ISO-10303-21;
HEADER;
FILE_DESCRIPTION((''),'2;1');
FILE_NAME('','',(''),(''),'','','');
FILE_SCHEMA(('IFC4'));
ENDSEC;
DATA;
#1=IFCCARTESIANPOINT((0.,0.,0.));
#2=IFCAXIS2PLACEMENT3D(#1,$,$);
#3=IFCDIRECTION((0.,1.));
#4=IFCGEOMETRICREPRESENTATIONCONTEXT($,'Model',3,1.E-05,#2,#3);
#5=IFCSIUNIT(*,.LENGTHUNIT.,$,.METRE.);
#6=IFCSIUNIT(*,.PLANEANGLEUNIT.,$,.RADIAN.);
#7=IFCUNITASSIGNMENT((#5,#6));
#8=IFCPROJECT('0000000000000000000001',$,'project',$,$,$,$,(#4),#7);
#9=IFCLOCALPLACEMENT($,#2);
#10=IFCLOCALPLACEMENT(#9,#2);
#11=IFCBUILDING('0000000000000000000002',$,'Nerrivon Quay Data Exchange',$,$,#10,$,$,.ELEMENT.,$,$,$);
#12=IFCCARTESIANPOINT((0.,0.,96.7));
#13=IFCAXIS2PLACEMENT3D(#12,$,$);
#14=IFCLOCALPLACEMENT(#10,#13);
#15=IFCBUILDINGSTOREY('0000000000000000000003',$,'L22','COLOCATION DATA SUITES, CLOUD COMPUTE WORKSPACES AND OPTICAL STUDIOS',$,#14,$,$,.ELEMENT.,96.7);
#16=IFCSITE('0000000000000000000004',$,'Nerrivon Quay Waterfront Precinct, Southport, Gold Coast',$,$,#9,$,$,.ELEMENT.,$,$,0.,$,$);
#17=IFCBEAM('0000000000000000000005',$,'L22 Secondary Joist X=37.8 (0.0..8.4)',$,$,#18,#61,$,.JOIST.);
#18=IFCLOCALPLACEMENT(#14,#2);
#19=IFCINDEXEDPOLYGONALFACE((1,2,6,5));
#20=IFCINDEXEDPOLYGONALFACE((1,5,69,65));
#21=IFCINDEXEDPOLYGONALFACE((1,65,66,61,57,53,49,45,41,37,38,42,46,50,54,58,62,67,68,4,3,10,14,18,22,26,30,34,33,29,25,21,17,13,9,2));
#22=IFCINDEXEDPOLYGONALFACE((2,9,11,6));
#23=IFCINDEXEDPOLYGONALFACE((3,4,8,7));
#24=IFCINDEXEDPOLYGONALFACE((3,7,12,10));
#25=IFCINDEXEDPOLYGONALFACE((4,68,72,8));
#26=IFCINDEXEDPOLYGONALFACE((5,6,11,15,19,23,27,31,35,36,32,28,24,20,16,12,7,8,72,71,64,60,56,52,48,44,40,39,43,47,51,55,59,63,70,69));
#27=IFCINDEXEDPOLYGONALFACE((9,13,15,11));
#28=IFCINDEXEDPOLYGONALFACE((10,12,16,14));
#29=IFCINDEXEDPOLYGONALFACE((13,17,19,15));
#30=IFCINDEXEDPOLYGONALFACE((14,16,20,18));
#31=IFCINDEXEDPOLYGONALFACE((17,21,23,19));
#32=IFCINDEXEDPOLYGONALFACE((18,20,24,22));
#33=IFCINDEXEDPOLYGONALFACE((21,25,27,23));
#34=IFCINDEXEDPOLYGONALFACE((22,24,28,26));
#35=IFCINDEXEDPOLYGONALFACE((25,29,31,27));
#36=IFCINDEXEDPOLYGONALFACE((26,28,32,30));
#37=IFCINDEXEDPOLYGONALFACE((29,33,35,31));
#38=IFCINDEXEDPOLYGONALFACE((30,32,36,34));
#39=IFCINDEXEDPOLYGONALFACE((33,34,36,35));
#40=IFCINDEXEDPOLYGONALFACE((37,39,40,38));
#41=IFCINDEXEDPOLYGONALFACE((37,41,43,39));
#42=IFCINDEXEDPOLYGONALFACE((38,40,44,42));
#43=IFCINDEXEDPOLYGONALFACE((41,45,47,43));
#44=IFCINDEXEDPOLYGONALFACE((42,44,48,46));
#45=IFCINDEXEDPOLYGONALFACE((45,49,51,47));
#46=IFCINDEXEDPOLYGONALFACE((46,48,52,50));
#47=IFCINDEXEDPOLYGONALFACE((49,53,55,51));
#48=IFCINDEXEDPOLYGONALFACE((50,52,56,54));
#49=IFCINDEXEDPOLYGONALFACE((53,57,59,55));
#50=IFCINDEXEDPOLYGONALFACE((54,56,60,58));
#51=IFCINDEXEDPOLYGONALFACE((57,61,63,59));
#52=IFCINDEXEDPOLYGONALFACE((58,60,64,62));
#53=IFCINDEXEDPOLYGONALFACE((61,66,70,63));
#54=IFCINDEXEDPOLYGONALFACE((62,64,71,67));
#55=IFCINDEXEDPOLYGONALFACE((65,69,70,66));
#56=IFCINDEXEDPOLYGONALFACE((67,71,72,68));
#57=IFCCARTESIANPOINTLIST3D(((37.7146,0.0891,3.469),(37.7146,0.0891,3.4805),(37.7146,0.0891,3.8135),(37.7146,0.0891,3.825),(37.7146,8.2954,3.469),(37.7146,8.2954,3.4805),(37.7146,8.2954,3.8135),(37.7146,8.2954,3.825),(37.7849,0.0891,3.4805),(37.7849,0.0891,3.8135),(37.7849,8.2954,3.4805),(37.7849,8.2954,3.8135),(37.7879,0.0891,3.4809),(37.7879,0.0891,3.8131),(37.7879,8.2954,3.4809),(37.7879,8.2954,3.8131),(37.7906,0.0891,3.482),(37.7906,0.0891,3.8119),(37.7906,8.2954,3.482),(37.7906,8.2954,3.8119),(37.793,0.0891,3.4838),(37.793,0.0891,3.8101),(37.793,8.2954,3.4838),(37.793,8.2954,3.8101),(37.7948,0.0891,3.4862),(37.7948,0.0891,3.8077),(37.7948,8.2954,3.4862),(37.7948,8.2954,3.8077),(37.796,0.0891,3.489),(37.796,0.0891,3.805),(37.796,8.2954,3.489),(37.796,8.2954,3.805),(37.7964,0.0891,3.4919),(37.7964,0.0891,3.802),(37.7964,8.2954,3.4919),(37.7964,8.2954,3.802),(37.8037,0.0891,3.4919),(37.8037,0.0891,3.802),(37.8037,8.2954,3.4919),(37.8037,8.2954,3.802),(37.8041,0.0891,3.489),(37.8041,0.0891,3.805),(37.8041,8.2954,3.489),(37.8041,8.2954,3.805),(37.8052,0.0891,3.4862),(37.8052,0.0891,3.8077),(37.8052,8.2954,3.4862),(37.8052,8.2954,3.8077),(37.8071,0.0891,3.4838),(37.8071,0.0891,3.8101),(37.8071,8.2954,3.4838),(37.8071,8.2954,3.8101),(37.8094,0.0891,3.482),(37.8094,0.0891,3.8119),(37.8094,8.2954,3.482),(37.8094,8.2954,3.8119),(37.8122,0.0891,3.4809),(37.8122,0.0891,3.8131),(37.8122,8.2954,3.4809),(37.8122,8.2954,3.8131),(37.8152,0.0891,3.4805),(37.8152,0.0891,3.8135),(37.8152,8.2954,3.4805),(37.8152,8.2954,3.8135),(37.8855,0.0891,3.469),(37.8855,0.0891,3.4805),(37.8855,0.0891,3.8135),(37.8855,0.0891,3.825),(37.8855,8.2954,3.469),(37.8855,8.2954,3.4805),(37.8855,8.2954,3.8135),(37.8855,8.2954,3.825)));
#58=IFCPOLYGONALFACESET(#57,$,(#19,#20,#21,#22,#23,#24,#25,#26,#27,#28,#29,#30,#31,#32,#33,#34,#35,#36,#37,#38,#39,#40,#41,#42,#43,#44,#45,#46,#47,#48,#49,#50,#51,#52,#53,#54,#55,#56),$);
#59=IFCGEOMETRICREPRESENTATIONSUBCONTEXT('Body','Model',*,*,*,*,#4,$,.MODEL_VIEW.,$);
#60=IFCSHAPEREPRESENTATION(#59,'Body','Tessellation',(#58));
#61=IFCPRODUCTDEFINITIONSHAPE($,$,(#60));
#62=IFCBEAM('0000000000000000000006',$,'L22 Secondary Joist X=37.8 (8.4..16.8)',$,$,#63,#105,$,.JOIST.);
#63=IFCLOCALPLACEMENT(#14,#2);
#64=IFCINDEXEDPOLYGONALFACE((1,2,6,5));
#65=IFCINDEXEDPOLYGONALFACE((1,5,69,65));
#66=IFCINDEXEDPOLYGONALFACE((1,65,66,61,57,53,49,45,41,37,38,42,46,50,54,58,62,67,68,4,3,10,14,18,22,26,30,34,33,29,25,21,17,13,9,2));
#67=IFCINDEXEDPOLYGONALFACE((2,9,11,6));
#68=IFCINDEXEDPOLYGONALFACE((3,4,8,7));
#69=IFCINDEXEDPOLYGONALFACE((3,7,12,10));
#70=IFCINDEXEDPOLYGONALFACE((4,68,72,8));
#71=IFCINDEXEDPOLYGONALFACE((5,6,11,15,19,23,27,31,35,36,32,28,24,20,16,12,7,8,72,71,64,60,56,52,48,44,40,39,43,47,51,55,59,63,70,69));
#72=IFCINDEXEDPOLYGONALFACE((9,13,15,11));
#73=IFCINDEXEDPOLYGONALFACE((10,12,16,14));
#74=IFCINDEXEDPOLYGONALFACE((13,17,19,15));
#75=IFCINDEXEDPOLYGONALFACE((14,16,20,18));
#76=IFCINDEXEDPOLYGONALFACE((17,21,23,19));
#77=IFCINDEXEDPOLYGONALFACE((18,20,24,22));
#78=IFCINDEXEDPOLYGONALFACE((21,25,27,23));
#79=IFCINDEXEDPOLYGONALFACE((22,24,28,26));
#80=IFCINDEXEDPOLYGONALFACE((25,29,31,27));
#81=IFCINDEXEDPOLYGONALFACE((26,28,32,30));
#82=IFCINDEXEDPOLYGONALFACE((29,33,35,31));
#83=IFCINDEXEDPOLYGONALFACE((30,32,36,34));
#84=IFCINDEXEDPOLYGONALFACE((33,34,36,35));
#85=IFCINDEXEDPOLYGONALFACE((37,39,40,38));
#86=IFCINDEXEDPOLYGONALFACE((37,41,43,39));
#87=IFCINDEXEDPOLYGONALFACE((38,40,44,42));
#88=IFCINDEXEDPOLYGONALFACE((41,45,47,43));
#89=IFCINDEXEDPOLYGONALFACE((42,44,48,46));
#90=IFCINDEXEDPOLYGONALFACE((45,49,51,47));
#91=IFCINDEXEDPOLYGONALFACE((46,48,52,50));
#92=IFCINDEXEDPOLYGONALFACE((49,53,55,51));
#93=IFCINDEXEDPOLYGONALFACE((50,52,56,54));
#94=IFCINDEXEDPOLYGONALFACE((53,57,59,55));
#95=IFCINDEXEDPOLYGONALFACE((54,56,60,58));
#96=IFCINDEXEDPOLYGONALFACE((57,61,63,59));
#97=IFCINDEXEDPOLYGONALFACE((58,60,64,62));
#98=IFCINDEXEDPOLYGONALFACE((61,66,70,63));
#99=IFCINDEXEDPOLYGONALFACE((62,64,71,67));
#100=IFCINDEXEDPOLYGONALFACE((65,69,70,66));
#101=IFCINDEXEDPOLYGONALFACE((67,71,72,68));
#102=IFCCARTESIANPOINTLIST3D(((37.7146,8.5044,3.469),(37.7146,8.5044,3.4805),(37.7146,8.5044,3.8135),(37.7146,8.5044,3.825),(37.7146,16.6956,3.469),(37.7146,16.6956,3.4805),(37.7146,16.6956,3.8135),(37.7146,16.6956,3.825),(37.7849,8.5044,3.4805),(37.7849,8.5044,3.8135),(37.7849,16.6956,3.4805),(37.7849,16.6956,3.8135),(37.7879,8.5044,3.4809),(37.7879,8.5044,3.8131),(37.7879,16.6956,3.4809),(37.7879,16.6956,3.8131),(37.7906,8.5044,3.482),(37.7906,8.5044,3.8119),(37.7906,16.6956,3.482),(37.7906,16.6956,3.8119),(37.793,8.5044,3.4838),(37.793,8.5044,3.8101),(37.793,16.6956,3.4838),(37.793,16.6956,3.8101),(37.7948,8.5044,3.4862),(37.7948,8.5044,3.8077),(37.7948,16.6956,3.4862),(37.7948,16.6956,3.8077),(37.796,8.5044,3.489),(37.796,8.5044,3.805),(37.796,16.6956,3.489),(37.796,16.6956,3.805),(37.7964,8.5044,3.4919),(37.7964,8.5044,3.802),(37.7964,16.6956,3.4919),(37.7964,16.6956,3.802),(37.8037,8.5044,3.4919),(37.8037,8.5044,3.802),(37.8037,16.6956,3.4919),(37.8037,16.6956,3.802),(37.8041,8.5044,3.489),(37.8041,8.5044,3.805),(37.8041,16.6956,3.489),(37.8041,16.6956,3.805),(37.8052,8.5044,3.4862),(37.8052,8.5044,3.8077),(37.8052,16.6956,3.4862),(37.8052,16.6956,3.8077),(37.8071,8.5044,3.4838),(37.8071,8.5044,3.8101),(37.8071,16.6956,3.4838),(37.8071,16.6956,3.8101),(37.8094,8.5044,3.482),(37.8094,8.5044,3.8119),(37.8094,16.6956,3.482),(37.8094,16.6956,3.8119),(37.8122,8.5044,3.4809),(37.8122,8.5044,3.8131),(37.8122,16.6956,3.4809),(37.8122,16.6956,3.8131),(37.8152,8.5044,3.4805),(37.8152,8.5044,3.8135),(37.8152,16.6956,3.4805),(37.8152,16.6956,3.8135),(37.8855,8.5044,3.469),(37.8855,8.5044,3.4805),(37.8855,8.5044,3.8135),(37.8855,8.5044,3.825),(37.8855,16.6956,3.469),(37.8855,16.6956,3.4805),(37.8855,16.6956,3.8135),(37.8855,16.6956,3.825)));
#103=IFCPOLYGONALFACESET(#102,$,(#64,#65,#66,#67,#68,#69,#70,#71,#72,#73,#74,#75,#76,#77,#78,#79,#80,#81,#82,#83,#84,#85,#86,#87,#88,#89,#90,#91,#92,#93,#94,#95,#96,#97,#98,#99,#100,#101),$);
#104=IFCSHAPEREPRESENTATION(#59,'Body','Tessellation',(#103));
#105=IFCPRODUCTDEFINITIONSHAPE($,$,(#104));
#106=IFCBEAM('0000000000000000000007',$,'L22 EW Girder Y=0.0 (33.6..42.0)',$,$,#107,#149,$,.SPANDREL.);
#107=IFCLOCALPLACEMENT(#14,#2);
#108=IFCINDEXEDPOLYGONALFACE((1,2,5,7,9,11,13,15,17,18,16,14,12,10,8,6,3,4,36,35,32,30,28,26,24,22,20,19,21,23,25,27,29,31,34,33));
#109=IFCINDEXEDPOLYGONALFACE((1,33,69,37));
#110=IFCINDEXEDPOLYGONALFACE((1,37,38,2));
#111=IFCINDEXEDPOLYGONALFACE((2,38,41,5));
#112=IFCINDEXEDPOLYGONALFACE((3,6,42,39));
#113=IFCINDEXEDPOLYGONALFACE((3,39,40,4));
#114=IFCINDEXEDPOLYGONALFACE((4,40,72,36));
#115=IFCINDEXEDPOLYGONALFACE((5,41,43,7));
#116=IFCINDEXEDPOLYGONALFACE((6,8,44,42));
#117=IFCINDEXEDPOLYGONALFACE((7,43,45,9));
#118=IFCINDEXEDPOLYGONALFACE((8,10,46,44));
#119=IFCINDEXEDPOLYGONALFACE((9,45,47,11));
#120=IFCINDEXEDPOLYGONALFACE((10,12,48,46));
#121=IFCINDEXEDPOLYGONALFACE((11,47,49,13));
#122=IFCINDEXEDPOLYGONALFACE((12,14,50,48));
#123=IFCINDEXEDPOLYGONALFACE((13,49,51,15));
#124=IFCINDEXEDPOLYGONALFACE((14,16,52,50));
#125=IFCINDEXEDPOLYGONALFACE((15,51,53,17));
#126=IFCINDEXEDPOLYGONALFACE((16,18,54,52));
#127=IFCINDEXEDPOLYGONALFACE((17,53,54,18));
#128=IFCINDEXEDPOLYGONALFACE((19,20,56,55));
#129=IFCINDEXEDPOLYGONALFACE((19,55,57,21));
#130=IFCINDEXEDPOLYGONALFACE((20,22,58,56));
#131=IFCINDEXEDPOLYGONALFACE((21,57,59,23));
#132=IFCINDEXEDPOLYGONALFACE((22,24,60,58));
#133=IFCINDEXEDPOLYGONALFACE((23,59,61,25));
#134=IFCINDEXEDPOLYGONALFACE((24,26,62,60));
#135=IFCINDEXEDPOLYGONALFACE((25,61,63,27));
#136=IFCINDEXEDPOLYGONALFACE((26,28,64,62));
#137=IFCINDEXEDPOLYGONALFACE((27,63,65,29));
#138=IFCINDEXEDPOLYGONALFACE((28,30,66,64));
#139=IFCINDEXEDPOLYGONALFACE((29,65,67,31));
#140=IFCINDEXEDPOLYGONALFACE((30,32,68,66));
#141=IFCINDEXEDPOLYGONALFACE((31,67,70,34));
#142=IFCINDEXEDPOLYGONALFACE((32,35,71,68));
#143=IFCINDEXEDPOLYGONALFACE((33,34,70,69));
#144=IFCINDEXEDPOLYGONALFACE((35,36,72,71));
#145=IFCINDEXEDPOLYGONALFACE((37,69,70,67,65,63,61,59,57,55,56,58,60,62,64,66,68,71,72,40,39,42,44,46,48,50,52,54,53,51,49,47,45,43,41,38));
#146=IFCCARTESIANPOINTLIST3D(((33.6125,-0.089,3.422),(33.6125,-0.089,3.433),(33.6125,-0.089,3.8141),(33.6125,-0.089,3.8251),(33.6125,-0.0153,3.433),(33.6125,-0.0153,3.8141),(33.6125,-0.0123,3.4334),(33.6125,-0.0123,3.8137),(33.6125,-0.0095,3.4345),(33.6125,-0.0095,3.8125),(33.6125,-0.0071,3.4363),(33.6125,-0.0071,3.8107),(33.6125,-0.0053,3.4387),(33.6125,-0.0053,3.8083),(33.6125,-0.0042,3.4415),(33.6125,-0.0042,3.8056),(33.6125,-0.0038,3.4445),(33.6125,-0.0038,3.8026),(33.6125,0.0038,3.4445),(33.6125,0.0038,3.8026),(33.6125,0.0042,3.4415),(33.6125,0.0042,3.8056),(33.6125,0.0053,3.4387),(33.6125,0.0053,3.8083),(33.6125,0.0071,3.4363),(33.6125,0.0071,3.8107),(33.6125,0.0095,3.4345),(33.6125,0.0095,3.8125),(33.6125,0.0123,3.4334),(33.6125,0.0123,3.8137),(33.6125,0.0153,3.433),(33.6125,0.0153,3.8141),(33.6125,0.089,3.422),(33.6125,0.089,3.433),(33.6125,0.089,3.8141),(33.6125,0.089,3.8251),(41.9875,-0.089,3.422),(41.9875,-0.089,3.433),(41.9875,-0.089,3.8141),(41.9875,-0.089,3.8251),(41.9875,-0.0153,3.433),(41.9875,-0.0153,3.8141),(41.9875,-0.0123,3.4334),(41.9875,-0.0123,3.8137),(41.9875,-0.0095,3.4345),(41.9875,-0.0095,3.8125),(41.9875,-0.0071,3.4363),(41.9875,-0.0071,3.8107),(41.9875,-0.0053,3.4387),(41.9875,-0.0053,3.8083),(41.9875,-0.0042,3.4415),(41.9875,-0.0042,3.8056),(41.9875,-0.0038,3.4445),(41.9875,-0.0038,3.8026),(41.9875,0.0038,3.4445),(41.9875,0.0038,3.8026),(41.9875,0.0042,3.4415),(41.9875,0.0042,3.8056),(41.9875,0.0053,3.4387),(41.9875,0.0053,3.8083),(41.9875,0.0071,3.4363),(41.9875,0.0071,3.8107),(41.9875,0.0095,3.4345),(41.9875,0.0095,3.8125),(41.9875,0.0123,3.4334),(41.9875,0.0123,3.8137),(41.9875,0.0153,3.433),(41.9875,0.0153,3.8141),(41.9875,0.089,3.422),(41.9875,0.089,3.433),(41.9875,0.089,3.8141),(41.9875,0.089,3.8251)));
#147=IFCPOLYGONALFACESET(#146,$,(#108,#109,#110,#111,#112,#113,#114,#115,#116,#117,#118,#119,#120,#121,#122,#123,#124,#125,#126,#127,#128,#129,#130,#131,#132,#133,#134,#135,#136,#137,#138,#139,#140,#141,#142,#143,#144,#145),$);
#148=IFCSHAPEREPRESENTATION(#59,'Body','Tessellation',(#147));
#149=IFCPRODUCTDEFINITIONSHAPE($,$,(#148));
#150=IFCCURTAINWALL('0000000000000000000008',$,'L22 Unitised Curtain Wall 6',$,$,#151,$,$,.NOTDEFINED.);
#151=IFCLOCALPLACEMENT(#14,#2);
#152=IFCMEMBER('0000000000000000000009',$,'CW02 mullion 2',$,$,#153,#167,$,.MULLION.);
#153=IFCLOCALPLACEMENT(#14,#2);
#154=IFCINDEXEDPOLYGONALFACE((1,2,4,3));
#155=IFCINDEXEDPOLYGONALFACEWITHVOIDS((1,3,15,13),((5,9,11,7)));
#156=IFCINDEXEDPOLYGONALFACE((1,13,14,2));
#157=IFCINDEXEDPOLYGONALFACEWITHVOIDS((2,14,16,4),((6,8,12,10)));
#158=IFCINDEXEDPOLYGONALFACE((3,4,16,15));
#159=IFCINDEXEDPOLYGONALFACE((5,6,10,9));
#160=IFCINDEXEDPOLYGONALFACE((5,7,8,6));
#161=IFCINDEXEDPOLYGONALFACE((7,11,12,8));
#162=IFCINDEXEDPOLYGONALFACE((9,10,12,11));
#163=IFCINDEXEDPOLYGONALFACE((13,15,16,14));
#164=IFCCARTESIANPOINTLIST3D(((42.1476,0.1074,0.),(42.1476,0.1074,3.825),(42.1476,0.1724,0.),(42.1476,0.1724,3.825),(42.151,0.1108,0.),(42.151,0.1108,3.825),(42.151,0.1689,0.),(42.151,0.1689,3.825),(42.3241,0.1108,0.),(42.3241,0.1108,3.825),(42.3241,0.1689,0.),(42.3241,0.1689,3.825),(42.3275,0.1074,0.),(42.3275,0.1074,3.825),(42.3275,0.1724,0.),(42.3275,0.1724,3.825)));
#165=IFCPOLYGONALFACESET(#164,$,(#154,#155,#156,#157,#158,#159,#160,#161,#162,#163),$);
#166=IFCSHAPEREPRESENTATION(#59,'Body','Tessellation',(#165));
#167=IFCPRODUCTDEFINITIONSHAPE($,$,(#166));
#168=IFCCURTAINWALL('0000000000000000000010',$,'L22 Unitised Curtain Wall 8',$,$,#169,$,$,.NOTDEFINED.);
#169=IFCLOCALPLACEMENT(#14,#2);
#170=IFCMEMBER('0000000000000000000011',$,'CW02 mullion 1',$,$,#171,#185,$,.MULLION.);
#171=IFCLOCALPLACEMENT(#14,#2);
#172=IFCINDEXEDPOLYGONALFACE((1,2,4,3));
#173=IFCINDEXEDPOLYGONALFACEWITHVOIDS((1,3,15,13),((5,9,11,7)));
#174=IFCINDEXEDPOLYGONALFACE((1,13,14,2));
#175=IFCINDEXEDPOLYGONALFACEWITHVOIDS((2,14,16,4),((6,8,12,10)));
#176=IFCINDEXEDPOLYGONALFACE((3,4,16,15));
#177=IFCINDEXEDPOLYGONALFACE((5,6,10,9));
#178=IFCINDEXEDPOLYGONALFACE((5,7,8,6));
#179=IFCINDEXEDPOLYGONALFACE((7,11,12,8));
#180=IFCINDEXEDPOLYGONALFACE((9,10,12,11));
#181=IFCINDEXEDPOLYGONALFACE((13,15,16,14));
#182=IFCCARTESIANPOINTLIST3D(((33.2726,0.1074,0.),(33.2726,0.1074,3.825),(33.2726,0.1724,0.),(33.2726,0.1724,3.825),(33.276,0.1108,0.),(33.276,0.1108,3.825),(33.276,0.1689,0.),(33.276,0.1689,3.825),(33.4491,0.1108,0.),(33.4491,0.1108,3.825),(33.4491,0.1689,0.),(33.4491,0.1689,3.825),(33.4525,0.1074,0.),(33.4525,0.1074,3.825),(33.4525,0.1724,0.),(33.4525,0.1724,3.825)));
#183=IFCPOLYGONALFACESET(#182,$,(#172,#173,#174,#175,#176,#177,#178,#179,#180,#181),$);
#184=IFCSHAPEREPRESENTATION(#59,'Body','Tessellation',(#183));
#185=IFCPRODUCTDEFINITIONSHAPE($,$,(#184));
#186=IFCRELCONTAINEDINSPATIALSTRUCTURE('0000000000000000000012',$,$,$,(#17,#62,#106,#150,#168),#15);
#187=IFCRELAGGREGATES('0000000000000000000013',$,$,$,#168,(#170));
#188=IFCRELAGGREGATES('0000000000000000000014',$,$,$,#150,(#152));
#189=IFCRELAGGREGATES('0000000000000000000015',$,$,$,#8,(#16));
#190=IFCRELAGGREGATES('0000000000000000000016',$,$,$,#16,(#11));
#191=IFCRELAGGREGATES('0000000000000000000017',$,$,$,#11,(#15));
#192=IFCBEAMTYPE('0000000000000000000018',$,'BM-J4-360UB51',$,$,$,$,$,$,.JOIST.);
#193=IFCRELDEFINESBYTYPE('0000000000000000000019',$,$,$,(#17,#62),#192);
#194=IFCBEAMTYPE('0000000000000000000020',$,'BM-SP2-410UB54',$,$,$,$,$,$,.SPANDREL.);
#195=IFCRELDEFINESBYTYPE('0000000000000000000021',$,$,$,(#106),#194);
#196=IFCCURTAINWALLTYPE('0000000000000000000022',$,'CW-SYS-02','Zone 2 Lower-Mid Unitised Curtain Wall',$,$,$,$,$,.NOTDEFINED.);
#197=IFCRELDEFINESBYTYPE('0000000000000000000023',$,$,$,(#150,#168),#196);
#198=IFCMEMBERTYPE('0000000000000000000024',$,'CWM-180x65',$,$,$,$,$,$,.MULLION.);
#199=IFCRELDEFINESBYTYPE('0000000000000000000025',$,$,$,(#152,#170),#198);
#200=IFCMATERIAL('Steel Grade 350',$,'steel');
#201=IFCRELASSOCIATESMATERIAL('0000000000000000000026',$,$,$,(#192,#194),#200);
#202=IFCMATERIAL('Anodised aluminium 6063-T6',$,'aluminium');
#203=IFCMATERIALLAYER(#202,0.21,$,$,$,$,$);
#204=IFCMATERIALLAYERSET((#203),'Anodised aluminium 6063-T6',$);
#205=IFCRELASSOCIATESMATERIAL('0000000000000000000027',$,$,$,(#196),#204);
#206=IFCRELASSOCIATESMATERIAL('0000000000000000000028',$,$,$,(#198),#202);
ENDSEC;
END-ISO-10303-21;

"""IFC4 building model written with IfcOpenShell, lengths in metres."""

from ifc_helpers import new_model, si_unit, direction, frame, origin, origin_2d, place, context, subcontext, project, spatial, hollow_rectangle, i_section, extrude, material, layer, layer_set, material_profile, profile_set, type_object, element, aggregate, save


model = new_model("IFC4")

# Units and contexts
model_context = context("Model", 3, precision=1e-05, world=origin(), true_north=direction((0.0, 1.0)))
body_context = subcontext(model_context, "Body", "Model", "MODEL_VIEW")
ifc_project = project(units=[si_unit("LENGTHUNIT", "METRE"), si_unit("PLANEANGLEUNIT", "RADIAN")], contexts=[model_context])

# Site, building, storey
site_placement = place(None, origin())
site = spatial("IfcSite", under=ifc_project, at=site_placement, Name="Nerrivon Quay Waterfront Precinct, Southport, Gold Coast", CompositionType="ELEMENT", RefElevation=0.0)
building_placement = place(site_placement, origin())
building = spatial("IfcBuilding", under=site, at=building_placement, Name="Nerrivon Quay Data Exchange", CompositionType="ELEMENT")
storey_placement = place(building_placement, frame((0.0, 0.0, 96.7)))
storey = spatial("IfcBuildingStorey", under=building, at=storey_placement, Name="L22", Description="COLOCATION DATA SUITES, CLOUD COMPUTE WORKSPACES AND OPTICAL STUDIOS", CompositionType="ELEMENT", Elevation=96.7)

# Shared definitions
ifc_material_1 = material(Name="Steel Grade 350", Category="steel")

# Beams
ifc_material_profile_1 = material_profile(ifc_material_1, i_section(OverallWidth=0.1709, OverallDepth=0.356, WebThickness=0.0073, FlangeThickness=0.0115, FilletRadius=0.0115, at=origin_2d()), Name="360UB50.7")
ifc_profile_set_1 = profile_set([ifc_material_profile_1], Name="Steel Grade 350")
beam_type_1 = type_object("IfcBeamType", Name="BM-J4-360UB51", PredefinedType="JOIST", material=ifc_profile_set_1)
beam_1_placement = place(storey_placement, frame((37.8, 0.0891, 3.647), z_axis=(0.0, 1.0, 0.0), x_axis=(-1.0, 0.0, 0.0)))
element("IfcBeam", 1, at=beam_1_placement, inside=storey, type_object=beam_type_1, Name="L22 Secondary Joist X=37.8 (0.0..8.4)", PredefinedType="JOIST", context=body_context, shape_type="SweptSolid", body=[
    extrude(i_section(OverallWidth=0.1709, OverallDepth=0.356, WebThickness=0.0073, FlangeThickness=0.0115, FilletRadius=0.0115, at=origin_2d()), origin(), (0.0, 0.0, 1.0), 8.2063),
])
beam_2_placement = place(storey_placement, frame((37.8, 8.5044, 3.647), z_axis=(0.0, 1.0, 0.0), x_axis=(-1.0, 0.0, 0.0)))
element("IfcBeam", 2, at=beam_2_placement, inside=storey, type_object=beam_type_1, Name="L22 Secondary Joist X=37.8 (8.4..16.8)", PredefinedType="JOIST", context=body_context, shape_type="SweptSolid", body=[
    extrude(i_section(OverallWidth=0.1709, OverallDepth=0.356, WebThickness=0.0073, FlangeThickness=0.0115, FilletRadius=0.0115, at=origin_2d()), origin(), (0.0, 0.0, 1.0), 8.1912),
])
ifc_material_profile_2 = material_profile(ifc_material_1, i_section(OverallWidth=0.178, OverallDepth=0.4031, WebThickness=0.0076, FlangeThickness=0.011, FilletRadius=0.0115, at=origin_2d()), Name="410UB53.7")
ifc_profile_set_2 = profile_set([ifc_material_profile_2], Name="Steel Grade 350")
beam_type_2 = type_object("IfcBeamType", Name="BM-SP2-410UB54", PredefinedType="SPANDREL", material=ifc_profile_set_2)
beam_3_placement = place(storey_placement, frame((33.6125, 0.0, 3.6235), z_axis=(1.0, 0.0, 0.0), x_axis=(0.0, 1.0, 0.0)))
element("IfcBeam", 3, at=beam_3_placement, inside=storey, type_object=beam_type_2, Name="L22 EW Girder Y=0.0 (33.6..42.0)", PredefinedType="SPANDREL", context=body_context, shape_type="SweptSolid", body=[
    extrude(i_section(OverallWidth=0.178, OverallDepth=0.4031, WebThickness=0.0076, FlangeThickness=0.011, FilletRadius=0.0115, at=origin_2d()), origin(), (0.0, 0.0, 1.0), 8.375),
])

# Curtain walls, members
ifc_material_2 = material(Name="Anodised aluminium 6063-T6", Category="aluminium")
ifc_layer_1 = layer(ifc_material_2, 0.21)
ifc_layer_set_1 = layer_set([ifc_layer_1], Name="Anodised aluminium 6063-T6")
curtain_wall_type = type_object("IfcCurtainWallType", Name="CW-SYS-02", Description="Zone 2 Lower-Mid Unitised Curtain Wall", PredefinedType="NOTDEFINED", material=ifc_layer_set_1)
curtain_wall_1_placement = place(storey_placement, origin())
curtain_wall_1 = element("IfcCurtainWall", 4, at=curtain_wall_1_placement, inside=storey, type_object=curtain_wall_type, Name="L22 Unitised Curtain Wall 6", PredefinedType="NOTDEFINED")
ifc_material_profile_3 = material_profile(ifc_material_2, hollow_rectangle(XDim=0.0649, YDim=0.1799, WallThickness=0.0034, at=origin_2d()), Name="ALU-MULL-180x65")
ifc_profile_set_3 = profile_set([ifc_material_profile_3], Name="Anodised aluminium 6063-T6")
member_type_1 = type_object("IfcMemberType", Name="CWM-180x65", PredefinedType="MULLION", material=ifc_profile_set_3)
member_1_placement = place(storey_placement, frame((42.2375, 0.1399, 0.0), z_axis=(0.0, 0.0, 1.0), x_axis=(0.0, -1.0, 0.0)))
member_1 = element("IfcMember", 5, at=member_1_placement, type_object=member_type_1, Name="CW02 mullion 2", PredefinedType="MULLION", context=body_context, shape_type="SweptSolid", body=[
    extrude(hollow_rectangle(XDim=0.0649, YDim=0.1799, WallThickness=0.0034, at=origin_2d()), origin(), (0.0, 0.0, 1.0), 3.825),
])
curtain_wall_2_placement = place(storey_placement, origin())
curtain_wall_2 = element("IfcCurtainWall", 6, at=curtain_wall_2_placement, inside=storey, type_object=curtain_wall_type, Name="L22 Unitised Curtain Wall 8", PredefinedType="NOTDEFINED")
member_2_placement = place(storey_placement, frame((33.3625, 0.1399, 0.0), z_axis=(0.0, 0.0, 1.0), x_axis=(0.0, -1.0, 0.0)))
member_2 = element("IfcMember", 7, at=member_2_placement, type_object=member_type_1, Name="CW02 mullion 1", PredefinedType="MULLION", context=body_context, shape_type="SweptSolid", body=[
    extrude(hollow_rectangle(XDim=0.0649, YDim=0.1799, WallThickness=0.0034, at=origin_2d()), origin(), (0.0, 0.0, 1.0), 3.825),
])

aggregate(curtain_wall_2, [member_2])

aggregate(curtain_wall_1, [member_1])

save(model, "model.ifc")
